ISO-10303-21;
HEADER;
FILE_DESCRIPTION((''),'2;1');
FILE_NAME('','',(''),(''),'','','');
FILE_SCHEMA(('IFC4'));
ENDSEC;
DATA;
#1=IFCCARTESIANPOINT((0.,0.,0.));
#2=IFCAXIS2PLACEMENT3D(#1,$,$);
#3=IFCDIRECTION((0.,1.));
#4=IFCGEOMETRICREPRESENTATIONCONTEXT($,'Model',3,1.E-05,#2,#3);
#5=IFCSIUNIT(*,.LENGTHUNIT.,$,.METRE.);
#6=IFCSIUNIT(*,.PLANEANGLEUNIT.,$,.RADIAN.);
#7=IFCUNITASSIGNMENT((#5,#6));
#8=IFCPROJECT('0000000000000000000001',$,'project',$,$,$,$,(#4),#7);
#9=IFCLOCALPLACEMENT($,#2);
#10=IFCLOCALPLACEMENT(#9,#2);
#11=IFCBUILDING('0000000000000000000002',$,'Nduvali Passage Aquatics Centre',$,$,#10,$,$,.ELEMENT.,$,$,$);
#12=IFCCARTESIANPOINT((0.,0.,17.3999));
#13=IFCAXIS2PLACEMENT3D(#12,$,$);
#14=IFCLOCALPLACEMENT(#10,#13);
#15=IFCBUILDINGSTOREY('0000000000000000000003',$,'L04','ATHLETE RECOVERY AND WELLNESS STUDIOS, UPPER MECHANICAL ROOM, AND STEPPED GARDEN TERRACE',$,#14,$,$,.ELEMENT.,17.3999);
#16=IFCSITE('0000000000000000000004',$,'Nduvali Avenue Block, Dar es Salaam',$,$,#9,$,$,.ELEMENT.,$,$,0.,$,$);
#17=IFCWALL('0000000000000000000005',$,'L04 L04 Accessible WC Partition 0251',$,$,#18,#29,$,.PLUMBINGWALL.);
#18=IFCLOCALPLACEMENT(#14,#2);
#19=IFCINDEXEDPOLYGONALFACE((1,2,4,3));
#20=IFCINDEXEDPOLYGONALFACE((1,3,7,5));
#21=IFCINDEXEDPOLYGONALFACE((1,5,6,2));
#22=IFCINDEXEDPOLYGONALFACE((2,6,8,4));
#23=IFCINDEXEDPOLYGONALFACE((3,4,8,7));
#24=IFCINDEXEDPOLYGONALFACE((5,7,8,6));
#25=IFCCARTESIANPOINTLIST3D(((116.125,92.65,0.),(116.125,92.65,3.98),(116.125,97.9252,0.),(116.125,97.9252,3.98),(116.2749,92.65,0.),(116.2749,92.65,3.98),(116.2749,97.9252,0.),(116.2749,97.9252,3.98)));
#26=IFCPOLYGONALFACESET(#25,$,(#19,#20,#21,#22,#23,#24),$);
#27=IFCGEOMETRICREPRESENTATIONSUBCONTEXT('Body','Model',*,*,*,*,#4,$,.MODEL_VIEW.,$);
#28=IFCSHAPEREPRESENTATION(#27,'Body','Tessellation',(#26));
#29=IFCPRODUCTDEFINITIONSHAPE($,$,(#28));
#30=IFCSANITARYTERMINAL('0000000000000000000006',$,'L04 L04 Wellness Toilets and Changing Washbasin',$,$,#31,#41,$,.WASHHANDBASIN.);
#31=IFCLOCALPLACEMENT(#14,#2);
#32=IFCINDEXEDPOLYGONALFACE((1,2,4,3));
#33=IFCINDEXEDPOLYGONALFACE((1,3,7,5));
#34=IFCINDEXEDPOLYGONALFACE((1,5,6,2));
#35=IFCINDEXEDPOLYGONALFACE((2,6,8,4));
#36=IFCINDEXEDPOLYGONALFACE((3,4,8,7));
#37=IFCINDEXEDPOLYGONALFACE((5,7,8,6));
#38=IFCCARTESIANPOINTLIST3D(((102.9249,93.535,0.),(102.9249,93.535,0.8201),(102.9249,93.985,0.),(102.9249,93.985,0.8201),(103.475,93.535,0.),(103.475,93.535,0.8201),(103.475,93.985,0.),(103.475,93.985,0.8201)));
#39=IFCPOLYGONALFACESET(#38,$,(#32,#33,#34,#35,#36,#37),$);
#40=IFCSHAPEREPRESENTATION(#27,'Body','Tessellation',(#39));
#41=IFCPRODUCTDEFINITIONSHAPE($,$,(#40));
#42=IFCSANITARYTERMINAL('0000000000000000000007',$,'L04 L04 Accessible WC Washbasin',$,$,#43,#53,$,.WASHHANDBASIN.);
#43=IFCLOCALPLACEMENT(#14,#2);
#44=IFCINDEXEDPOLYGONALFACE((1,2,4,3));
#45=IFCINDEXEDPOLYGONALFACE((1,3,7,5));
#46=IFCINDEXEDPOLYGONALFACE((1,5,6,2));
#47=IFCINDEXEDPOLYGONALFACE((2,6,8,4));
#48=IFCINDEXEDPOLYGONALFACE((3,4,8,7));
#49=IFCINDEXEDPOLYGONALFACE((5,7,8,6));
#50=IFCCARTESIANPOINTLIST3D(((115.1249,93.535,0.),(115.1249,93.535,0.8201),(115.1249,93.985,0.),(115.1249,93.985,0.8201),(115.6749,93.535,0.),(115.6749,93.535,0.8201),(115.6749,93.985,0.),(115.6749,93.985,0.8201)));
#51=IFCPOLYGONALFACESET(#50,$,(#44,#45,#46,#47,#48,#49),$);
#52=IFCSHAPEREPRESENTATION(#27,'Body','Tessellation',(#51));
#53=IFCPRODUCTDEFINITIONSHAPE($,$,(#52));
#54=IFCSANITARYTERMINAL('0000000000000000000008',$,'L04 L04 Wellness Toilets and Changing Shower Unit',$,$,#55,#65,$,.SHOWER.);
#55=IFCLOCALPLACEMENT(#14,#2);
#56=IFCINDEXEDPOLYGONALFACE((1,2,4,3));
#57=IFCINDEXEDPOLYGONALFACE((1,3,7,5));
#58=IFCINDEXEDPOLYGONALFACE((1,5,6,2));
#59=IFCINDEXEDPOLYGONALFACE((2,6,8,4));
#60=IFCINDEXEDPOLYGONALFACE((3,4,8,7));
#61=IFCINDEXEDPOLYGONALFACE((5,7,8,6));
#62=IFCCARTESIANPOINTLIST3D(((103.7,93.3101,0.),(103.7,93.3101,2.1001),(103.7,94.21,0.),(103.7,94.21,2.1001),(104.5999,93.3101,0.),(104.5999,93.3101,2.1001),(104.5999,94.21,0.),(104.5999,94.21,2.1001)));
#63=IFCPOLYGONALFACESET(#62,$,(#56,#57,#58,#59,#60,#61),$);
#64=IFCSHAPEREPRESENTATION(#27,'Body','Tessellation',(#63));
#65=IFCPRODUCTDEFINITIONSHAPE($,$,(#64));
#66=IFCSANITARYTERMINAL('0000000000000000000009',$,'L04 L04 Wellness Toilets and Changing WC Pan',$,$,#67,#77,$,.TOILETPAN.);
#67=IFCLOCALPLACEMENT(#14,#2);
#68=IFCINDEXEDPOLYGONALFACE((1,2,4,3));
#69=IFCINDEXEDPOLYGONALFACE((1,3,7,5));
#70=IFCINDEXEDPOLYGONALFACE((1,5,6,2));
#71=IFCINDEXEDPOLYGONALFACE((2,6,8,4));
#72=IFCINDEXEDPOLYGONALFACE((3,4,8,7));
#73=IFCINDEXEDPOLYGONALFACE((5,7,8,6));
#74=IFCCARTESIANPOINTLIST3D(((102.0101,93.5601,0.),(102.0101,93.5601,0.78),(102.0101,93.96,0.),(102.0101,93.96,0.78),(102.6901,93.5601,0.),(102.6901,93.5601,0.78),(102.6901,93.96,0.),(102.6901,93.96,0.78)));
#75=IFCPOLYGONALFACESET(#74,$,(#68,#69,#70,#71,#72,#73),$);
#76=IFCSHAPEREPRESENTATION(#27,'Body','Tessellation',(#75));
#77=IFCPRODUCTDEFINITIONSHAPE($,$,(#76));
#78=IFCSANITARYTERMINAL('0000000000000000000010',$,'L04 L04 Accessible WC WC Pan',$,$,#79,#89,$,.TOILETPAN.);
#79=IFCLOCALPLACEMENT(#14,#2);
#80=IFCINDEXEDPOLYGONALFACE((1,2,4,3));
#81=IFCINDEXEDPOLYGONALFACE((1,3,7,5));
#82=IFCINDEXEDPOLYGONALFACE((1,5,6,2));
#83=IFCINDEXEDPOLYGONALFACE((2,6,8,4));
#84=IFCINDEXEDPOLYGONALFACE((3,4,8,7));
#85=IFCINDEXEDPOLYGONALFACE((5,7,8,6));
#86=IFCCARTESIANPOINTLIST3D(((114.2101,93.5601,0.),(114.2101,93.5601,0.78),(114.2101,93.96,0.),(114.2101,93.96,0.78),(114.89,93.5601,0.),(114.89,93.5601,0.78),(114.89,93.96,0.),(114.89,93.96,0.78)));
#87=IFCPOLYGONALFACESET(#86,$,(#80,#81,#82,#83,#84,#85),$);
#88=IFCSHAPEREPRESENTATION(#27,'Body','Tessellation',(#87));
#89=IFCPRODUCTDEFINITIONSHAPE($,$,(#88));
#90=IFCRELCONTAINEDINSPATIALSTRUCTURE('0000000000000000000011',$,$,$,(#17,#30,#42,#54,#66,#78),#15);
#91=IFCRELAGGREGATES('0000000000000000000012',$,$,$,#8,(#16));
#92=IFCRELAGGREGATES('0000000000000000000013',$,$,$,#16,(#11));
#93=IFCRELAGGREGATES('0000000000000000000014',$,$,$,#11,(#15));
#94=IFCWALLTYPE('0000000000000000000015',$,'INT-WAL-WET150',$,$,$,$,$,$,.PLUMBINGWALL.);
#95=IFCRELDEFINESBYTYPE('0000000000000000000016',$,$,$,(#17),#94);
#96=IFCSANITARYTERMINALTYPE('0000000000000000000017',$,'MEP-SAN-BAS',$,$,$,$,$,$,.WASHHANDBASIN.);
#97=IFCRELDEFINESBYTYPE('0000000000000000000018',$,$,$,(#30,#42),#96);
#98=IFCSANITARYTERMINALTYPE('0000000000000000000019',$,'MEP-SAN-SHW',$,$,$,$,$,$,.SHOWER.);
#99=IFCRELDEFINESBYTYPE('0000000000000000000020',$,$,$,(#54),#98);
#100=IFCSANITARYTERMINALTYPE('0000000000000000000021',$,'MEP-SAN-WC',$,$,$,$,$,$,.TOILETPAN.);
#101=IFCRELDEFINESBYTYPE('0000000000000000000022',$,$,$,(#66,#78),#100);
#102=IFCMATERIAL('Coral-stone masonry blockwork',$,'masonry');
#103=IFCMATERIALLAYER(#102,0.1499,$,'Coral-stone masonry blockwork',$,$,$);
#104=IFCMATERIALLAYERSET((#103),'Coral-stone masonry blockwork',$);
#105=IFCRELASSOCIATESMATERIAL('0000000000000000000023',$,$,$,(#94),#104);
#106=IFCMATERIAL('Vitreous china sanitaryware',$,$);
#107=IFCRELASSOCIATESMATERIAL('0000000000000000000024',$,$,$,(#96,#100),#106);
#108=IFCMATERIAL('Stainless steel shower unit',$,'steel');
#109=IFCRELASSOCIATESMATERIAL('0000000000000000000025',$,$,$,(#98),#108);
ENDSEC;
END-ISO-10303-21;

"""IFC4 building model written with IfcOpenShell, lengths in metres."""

from ifc_helpers import new_model, si_unit, direction, frame, frame_2d, origin, origin_2d, place, context, subcontext, project, spatial, rectangle, extrude, material, layer, layer_set, type_object, element, save


model = new_model("IFC4")

# Units and contexts
model_context = context("Model", 3, precision=1e-05, world=origin(), true_north=direction((0.0, 1.0)))
body_context = subcontext(model_context, "Body", "Model", "MODEL_VIEW")
ifc_project = project(units=[si_unit("LENGTHUNIT", "METRE"), si_unit("PLANEANGLEUNIT", "RADIAN")], contexts=[model_context])

# Site, building, storey
site_placement = place(None, origin())
site = spatial("IfcSite", under=ifc_project, at=site_placement, Name="Nduvali Avenue Block, Dar es Salaam", CompositionType="ELEMENT", RefElevation=0.0)
building_placement = place(site_placement, origin())
building = spatial("IfcBuilding", under=site, at=building_placement, Name="Nduvali Passage Aquatics Centre", CompositionType="ELEMENT")
storey_placement = place(building_placement, frame((0.0, 0.0, 17.3999)))
storey = spatial("IfcBuildingStorey", under=building, at=storey_placement, Name="L04", Description="ATHLETE RECOVERY AND WELLNESS STUDIOS, UPPER MECHANICAL ROOM, AND STEPPED GARDEN TERRACE", CompositionType="ELEMENT", Elevation=17.3999)

# Shared definitions
ifc_material_1 = material(Name="Coral-stone masonry blockwork", Category="masonry")
ifc_layer_1 = layer(ifc_material_1, 0.1499, Name="Coral-stone masonry blockwork")
ifc_layer_set_1 = layer_set([ifc_layer_1], Name="Coral-stone masonry blockwork")
wall_type_1 = type_object("IfcWallType", Name="INT-WAL-WET150", PredefinedType="PLUMBINGWALL", material=ifc_layer_set_1)

# Wall
wall_1_placement = place(storey_placement, frame((116.2, 92.6499, 0.0), z_axis=(0.0, 0.0, 1.0), x_axis=(0.0, 1.0, 0.0)))
element("IfcWall", 1, at=wall_1_placement, inside=storey, type_object=wall_type_1, Name="L04 L04 Accessible WC Partition 0251", PredefinedType="PLUMBINGWALL", context=body_context, shape_type="SweptSolid", body=[
    extrude(rectangle(XDim=5.2751, YDim=0.1499, at=frame_2d((2.6377, 0.0))), origin(), (0.0, 0.0, 1.0), 3.98),
])

# Sanitary terminals
ifc_material_2 = material(Name="Vitreous china sanitaryware")
sanitary_terminal_type_1 = type_object("IfcSanitaryTerminalType", Name="MEP-SAN-BAS", PredefinedType="WASHHANDBASIN", material=ifc_material_2)
for number, where, z_axis, x_axis, name in (
    (2, (103.2, 93.76, 0.0), (0.0, 0.0, 1.0), (1.0, 0.0, 0.0), "L04 L04 Wellness Toilets and Changing Washbasin"),
    (3, (115.3999, 93.76, 0.0), (0.0, 0.0, 1.0), (1.0, 0.0, 0.0), "L04 L04 Accessible WC Washbasin"),
):
    element("IfcSanitaryTerminal", number, at=place(storey_placement, frame(where, z_axis=z_axis, x_axis=x_axis)), inside=storey, type_object=sanitary_terminal_type_1, Name=name, PredefinedType="WASHHANDBASIN", context=body_context, shape_type="SweptSolid", body=[
        extrude(rectangle(XDim=0.55, YDim=0.45, at=origin_2d()), origin(), (0.0, 0.0, 1.0), 0.8201),
    ])
ifc_material_3 = material(Name="Stainless steel shower unit", Category="steel")
sanitary_terminal_type_2 = type_object("IfcSanitaryTerminalType", Name="MEP-SAN-SHW", PredefinedType="SHOWER", material=ifc_material_3)
sanitary_terminal_placement = place(storey_placement, frame((104.1499, 93.76, 0.0), z_axis=(0.0, 0.0, 1.0), x_axis=(1.0, 0.0, 0.0)))
element("IfcSanitaryTerminal", 4, at=sanitary_terminal_placement, inside=storey, type_object=sanitary_terminal_type_2, Name="L04 L04 Wellness Toilets and Changing Shower Unit", PredefinedType="SHOWER", context=body_context, shape_type="SweptSolid", body=[
    extrude(rectangle(XDim=0.8999, YDim=0.8999, at=origin_2d()), origin(), (0.0, 0.0, 1.0), 2.1001),
])
sanitary_terminal_type_3 = type_object("IfcSanitaryTerminalType", Name="MEP-SAN-WC", PredefinedType="TOILETPAN", material=ifc_material_2)
for number, where, z_axis, x_axis, name in (
    (5, (102.3501, 93.76, 0.0), (0.0, 0.0, 1.0), (1.0, 0.0, 0.0), "L04 L04 Wellness Toilets and Changing WC Pan"),
    (6, (114.55, 93.76, 0.0), (0.0, 0.0, 1.0), (1.0, 0.0, 0.0), "L04 L04 Accessible WC WC Pan"),
):
    element("IfcSanitaryTerminal", number, at=place(storey_placement, frame(where, z_axis=z_axis, x_axis=x_axis)), inside=storey, type_object=sanitary_terminal_type_3, Name=name, PredefinedType="TOILETPAN", context=body_context, shape_type="SweptSolid", body=[
        extrude(rectangle(XDim=0.6799, YDim=0.3999, at=origin_2d()), origin(), (0.0, 0.0, 1.0), 0.78),
    ])

save(model, "model.ifc")
